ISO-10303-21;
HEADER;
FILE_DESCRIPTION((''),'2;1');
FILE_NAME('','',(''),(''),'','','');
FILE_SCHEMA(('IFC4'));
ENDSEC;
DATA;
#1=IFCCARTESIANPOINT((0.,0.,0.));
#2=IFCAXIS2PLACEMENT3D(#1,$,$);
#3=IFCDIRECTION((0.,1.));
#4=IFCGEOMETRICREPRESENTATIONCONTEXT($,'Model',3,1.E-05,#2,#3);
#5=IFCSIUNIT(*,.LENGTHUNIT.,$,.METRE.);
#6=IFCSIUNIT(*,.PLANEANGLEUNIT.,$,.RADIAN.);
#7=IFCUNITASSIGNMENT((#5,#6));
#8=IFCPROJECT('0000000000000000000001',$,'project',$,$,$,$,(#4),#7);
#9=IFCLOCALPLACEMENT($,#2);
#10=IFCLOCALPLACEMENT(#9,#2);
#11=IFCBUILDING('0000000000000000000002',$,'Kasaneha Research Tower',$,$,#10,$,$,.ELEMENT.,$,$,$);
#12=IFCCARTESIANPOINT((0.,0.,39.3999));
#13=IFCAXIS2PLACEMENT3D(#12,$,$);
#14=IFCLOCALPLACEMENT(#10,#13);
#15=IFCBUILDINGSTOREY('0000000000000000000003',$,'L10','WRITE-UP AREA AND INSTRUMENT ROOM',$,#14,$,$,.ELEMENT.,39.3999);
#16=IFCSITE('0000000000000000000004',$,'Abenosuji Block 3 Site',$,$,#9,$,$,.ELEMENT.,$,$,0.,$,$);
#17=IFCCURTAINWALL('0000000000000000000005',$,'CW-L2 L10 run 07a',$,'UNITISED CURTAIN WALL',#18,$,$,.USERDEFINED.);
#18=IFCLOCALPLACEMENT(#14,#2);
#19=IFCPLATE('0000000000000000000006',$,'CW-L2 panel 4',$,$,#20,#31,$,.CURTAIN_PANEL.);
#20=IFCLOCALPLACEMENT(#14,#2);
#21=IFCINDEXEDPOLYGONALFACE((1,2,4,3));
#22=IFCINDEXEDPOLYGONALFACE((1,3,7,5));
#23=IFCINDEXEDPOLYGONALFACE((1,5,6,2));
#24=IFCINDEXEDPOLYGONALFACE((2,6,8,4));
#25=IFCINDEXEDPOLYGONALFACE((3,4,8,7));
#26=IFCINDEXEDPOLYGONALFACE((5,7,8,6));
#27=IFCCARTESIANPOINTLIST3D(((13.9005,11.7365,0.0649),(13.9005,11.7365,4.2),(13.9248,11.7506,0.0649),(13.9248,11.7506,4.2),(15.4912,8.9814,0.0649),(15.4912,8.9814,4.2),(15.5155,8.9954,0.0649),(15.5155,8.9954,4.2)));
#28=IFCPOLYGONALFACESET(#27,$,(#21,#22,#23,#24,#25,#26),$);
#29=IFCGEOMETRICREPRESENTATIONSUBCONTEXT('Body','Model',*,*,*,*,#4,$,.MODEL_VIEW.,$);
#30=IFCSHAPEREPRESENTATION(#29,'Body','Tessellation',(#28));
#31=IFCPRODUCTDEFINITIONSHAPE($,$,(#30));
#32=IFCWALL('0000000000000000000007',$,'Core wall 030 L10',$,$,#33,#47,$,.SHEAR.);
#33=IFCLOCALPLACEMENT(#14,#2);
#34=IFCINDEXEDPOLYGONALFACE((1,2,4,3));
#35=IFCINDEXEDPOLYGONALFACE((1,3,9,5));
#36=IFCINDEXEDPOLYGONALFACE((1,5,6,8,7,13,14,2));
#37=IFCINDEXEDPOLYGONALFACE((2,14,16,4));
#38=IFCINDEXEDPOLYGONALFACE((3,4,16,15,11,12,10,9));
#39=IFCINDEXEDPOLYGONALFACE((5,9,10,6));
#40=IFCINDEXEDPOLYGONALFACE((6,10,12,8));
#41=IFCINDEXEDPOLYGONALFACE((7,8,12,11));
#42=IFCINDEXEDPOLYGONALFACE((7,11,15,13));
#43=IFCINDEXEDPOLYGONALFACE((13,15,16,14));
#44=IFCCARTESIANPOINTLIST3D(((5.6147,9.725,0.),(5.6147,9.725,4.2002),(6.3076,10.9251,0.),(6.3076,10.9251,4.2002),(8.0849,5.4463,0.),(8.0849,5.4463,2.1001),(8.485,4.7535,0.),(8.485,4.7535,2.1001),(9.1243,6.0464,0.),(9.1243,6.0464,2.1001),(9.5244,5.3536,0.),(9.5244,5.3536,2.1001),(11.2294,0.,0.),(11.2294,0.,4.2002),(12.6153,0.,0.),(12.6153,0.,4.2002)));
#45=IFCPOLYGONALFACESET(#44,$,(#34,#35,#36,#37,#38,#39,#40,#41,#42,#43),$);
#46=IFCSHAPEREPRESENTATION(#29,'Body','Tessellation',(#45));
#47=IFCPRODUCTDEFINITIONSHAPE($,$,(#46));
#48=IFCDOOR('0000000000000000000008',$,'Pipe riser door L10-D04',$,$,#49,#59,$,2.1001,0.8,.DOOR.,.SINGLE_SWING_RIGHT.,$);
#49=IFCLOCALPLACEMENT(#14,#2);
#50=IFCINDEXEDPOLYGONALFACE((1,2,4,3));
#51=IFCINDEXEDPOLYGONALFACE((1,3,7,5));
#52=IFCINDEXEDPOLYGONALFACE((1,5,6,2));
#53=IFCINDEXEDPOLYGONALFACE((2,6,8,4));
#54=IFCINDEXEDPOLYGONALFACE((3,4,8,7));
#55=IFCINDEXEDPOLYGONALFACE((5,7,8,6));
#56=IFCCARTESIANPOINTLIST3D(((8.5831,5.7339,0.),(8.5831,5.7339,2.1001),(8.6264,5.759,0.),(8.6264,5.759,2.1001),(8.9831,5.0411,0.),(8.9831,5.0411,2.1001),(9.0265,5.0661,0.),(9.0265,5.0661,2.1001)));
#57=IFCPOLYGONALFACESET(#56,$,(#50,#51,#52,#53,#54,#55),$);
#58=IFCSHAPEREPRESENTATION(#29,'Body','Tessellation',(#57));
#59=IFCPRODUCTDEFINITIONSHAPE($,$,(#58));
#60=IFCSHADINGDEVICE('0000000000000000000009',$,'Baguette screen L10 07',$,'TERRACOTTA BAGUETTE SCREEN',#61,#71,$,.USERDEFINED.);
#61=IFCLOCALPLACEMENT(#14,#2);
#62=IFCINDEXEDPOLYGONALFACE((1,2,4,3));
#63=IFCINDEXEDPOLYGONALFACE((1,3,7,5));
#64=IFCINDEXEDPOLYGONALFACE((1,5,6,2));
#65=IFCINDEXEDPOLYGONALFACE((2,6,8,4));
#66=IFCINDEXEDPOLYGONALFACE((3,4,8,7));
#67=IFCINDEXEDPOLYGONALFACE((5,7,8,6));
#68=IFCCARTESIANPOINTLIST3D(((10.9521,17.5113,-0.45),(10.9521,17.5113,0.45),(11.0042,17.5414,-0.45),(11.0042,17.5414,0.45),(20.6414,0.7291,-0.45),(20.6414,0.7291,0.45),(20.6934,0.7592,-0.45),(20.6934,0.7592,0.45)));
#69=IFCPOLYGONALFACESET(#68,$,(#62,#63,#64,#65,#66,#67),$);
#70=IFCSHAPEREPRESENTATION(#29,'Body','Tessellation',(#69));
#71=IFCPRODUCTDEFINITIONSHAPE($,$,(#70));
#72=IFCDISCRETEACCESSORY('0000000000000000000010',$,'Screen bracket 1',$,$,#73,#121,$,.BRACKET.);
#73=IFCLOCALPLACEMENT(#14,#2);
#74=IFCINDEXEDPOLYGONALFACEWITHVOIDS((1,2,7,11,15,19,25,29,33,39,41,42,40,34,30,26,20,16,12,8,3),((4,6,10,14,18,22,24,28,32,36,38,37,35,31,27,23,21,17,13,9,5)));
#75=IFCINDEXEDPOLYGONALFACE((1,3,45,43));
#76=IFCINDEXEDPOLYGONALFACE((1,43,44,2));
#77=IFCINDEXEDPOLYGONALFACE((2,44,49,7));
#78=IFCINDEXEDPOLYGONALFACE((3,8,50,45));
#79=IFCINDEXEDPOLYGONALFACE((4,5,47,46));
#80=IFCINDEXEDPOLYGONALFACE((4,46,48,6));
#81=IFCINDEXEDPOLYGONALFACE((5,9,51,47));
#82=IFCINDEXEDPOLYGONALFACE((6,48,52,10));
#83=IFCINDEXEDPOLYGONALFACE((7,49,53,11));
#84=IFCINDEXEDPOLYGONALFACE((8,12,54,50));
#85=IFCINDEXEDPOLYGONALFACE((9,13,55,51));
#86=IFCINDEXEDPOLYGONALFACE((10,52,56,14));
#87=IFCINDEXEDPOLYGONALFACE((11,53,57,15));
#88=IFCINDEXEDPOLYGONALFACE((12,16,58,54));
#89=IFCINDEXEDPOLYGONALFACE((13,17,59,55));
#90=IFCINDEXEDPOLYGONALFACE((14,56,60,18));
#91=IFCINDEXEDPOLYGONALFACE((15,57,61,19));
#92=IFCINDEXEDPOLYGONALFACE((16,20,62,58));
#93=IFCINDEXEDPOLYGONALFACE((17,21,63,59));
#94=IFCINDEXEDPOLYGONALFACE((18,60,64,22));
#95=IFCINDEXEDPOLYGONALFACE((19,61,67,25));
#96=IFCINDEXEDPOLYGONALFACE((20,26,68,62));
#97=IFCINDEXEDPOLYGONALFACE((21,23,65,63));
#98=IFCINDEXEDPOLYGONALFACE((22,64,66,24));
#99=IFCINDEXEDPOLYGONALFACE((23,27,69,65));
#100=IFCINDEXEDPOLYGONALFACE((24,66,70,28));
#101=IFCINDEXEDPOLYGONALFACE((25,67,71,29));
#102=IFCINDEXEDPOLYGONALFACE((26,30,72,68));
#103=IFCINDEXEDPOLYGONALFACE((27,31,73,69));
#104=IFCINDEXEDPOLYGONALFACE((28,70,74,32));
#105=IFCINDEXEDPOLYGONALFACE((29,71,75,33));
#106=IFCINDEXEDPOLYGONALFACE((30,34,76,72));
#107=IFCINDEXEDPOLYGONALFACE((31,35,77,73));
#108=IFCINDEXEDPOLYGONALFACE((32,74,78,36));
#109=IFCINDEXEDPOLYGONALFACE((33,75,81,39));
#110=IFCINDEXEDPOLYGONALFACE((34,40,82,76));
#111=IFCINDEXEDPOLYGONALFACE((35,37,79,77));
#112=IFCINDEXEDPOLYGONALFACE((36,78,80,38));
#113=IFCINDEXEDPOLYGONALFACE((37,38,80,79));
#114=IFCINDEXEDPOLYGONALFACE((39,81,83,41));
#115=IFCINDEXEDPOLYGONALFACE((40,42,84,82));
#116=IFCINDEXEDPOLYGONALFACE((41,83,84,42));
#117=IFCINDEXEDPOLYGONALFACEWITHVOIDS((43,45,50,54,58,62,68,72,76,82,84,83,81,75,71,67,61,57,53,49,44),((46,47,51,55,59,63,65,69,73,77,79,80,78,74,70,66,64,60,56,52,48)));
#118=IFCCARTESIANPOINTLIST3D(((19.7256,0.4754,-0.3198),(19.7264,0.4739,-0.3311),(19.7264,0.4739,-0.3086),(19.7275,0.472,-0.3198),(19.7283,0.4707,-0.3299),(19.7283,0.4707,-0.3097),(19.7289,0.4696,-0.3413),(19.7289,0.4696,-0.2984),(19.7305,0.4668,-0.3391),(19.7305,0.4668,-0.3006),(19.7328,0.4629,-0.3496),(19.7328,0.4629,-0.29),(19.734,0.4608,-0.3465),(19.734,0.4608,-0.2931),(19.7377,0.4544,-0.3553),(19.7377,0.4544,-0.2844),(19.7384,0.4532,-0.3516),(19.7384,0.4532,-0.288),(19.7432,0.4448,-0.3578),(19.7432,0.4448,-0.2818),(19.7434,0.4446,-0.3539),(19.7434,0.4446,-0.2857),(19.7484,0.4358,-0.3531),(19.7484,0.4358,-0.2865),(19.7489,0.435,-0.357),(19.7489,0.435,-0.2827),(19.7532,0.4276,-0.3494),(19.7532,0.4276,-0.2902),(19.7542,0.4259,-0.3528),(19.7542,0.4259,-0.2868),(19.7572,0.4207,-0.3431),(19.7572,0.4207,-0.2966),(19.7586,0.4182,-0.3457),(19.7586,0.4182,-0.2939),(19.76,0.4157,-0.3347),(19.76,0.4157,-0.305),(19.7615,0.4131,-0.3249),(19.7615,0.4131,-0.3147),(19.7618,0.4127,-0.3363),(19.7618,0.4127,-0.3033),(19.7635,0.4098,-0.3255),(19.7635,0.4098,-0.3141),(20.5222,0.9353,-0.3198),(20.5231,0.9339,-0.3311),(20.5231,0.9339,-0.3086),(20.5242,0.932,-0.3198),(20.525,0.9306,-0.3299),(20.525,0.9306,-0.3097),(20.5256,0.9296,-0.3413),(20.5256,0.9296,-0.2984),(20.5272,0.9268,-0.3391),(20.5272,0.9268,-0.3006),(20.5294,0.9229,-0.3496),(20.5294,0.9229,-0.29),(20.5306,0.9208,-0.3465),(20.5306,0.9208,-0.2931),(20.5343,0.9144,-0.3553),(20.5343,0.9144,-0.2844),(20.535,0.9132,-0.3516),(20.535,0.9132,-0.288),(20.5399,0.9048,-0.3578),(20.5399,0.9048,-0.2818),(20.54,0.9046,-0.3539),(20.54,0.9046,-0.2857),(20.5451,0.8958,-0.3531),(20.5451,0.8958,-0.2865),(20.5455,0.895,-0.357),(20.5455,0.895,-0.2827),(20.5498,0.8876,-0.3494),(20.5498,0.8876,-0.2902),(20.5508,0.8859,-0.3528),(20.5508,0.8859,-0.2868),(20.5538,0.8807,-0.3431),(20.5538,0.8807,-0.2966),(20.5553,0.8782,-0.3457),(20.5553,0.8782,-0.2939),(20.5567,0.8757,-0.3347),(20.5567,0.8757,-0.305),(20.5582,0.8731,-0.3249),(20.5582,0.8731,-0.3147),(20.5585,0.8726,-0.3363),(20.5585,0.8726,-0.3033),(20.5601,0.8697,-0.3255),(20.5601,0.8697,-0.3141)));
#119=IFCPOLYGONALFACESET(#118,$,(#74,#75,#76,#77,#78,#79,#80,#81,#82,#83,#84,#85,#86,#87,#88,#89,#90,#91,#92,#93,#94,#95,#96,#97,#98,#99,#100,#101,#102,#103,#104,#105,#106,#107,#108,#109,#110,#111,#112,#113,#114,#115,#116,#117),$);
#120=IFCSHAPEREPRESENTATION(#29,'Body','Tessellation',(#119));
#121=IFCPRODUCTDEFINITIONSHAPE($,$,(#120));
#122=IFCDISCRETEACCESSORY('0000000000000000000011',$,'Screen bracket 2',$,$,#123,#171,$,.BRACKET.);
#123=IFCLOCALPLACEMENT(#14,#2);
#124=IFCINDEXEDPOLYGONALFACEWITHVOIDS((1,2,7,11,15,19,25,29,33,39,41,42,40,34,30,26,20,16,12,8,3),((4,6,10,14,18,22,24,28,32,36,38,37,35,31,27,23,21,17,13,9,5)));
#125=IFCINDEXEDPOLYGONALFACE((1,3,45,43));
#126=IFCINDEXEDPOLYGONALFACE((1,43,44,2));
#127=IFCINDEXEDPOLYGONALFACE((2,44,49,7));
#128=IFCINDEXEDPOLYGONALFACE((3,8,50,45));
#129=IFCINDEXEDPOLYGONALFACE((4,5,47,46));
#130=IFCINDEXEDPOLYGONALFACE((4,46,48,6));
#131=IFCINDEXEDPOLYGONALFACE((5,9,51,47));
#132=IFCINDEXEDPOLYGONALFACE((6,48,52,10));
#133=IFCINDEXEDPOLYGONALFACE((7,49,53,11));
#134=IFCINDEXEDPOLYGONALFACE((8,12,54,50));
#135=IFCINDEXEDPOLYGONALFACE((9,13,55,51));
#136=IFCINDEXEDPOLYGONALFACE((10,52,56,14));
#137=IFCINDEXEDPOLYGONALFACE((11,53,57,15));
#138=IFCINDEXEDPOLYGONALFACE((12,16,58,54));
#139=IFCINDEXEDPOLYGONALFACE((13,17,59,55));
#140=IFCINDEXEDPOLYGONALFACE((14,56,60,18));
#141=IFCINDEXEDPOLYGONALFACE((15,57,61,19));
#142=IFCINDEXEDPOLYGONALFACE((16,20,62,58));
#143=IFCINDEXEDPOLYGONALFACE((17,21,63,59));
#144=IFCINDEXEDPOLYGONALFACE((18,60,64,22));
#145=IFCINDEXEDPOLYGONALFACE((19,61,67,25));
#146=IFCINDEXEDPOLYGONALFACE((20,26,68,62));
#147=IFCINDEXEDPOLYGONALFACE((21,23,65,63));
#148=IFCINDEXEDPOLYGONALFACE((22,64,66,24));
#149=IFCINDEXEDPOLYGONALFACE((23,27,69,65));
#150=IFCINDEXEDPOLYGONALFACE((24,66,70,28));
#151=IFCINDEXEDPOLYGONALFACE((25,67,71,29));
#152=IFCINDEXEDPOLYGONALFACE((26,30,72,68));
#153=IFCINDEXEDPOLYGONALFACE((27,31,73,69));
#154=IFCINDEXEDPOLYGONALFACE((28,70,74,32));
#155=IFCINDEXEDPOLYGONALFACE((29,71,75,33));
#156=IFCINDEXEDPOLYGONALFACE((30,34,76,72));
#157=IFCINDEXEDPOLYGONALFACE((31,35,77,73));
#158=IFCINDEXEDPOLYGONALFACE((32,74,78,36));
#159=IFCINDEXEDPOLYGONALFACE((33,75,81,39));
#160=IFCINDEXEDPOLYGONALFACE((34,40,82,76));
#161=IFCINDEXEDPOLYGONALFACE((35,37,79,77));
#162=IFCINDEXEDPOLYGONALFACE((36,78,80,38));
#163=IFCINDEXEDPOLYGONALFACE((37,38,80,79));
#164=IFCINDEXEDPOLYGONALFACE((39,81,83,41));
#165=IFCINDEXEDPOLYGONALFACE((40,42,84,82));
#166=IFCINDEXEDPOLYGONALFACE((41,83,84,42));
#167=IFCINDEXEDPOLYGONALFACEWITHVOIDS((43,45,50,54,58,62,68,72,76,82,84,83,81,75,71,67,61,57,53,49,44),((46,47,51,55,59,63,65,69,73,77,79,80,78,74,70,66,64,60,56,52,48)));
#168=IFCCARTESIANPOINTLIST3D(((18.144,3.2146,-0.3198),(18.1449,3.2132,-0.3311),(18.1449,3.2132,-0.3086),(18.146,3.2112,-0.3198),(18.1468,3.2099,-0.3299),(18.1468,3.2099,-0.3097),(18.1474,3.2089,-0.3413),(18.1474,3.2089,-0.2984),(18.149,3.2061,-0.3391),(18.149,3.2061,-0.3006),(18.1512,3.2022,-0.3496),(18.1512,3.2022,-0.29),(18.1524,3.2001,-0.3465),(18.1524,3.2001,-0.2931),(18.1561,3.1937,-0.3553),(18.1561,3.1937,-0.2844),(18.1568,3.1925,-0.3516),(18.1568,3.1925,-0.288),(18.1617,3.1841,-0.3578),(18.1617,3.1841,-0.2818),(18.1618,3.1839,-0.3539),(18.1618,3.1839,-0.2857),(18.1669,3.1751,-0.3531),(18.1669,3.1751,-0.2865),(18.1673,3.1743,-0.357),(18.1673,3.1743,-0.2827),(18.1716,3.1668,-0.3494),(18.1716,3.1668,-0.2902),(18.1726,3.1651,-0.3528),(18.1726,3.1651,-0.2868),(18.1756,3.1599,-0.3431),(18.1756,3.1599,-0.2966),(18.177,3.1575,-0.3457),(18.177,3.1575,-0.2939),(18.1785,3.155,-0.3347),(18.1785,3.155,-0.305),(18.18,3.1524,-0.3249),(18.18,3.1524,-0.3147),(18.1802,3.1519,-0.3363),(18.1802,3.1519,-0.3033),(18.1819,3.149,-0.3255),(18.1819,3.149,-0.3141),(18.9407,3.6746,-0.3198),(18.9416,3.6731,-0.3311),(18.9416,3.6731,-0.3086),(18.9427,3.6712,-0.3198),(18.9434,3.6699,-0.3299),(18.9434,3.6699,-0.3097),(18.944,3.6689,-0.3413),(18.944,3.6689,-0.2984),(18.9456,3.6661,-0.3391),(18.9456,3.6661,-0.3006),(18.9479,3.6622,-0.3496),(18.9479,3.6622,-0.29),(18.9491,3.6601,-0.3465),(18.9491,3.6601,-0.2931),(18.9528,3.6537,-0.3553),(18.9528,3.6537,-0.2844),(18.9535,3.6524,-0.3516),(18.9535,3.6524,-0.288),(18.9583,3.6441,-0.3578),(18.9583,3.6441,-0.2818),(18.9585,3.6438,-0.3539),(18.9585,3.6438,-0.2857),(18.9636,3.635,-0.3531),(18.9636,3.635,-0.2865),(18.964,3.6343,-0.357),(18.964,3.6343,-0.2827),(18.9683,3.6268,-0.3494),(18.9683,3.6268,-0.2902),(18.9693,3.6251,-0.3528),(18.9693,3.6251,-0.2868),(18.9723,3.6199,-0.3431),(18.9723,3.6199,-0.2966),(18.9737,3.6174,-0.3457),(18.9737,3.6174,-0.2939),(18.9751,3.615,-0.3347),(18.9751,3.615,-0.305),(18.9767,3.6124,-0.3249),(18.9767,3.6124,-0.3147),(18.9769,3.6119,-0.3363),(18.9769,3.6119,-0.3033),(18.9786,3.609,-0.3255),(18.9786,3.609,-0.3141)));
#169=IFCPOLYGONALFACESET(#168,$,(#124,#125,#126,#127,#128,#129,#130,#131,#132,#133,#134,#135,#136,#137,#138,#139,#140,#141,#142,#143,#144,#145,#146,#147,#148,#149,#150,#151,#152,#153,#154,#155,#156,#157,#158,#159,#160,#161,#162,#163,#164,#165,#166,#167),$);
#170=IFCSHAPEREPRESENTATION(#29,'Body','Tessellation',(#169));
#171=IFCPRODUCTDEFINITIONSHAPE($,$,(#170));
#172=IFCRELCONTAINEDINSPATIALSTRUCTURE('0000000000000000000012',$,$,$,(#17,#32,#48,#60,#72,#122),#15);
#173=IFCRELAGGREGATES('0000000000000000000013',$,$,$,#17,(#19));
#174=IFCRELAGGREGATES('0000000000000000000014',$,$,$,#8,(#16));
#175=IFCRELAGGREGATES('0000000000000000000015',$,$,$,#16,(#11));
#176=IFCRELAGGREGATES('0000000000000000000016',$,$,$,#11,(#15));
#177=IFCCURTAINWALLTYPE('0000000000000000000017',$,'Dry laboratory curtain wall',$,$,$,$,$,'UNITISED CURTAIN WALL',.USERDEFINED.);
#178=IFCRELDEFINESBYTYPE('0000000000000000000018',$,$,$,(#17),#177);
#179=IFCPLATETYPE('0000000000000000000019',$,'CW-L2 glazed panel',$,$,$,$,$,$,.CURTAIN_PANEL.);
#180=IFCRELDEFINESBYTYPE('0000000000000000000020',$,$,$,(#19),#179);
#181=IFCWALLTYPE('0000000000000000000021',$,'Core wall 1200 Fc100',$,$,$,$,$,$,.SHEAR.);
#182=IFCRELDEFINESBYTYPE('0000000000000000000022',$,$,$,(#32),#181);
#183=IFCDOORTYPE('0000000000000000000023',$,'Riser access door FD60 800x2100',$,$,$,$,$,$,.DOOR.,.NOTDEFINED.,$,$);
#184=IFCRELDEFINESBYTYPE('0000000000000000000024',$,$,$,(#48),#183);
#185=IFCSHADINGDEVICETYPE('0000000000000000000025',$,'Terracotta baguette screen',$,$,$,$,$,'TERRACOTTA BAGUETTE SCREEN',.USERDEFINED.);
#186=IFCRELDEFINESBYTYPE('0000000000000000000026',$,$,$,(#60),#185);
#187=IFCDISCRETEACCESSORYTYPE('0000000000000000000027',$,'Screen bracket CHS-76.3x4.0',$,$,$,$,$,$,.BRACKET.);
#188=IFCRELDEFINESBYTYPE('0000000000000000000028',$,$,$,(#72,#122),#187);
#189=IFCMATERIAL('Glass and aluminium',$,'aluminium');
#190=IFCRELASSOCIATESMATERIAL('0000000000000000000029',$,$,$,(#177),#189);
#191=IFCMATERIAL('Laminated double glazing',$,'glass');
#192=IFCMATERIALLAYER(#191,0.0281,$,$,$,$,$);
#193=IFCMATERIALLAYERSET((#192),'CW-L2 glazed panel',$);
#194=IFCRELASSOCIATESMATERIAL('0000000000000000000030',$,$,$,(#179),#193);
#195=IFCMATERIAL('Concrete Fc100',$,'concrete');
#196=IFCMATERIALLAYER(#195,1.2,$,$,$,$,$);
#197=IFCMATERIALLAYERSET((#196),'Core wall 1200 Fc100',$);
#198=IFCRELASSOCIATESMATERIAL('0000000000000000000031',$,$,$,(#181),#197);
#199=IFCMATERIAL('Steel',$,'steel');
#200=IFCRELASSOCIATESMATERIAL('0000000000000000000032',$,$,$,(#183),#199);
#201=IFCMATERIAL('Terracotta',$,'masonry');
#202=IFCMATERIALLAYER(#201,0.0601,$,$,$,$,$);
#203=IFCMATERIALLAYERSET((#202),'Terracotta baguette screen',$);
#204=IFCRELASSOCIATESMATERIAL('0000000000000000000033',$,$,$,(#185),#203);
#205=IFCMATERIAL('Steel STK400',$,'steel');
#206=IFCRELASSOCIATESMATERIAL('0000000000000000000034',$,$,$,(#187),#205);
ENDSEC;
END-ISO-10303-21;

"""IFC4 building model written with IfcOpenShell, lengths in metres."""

from ifc_helpers import new_model, si_unit, direction, frame, frame_2d, origin, origin_2d, place, context, subcontext, project, spatial, polyline, rectangle, hollow_circle, outline, extrude, material, layer, layer_set, material_profile, profile_set, type_object, element, fill, aggregate, save


model = new_model("IFC4")

# Units and contexts
model_context = context("Model", 3, precision=1e-05, world=origin(), true_north=direction((0.0, 1.0)))
body_context = subcontext(model_context, "Body", "Model", "MODEL_VIEW")
ifc_project = project(units=[si_unit("LENGTHUNIT", "METRE"), si_unit("PLANEANGLEUNIT", "RADIAN")], contexts=[model_context])

# Site, building, storey
site_placement = place(None, origin())
site = spatial("IfcSite", under=ifc_project, at=site_placement, Name="Abenosuji Block 3 Site", CompositionType="ELEMENT", RefElevation=0.0)
building_placement = place(site_placement, origin())
building = spatial("IfcBuilding", under=site, at=building_placement, Name="Kasaneha Research Tower", CompositionType="ELEMENT")
storey_placement = place(building_placement, frame((0.0, 0.0, 39.3999)))
storey = spatial("IfcBuildingStorey", under=building, at=storey_placement, Name="L10", Description="WRITE-UP AREA AND INSTRUMENT ROOM", CompositionType="ELEMENT", Elevation=39.3999)

# Shared definitions
ifc_material_1 = material(Name="Glass and aluminium", Category="aluminium")
curtain_wall_type = type_object("IfcCurtainWallType", Name="Dry laboratory curtain wall", ElementType="UNITISED CURTAIN WALL", PredefinedType="USERDEFINED", material=ifc_material_1)

# Curtain wall
curtain_wall_1_placement = place(storey_placement, origin())
curtain_wall_1 = element("IfcCurtainWall", 1, at=curtain_wall_1_placement, inside=storey, type_object=curtain_wall_type, Name="CW-L2 L10 run 07a", ObjectType="UNITISED CURTAIN WALL", PredefinedType="USERDEFINED")

# Plate
ifc_material_2 = material(Name="Laminated double glazing", Category="glass")
ifc_layer_1 = layer(ifc_material_2, 0.0281)
ifc_layer_set_1 = layer_set([ifc_layer_1], Name="CW-L2 glazed panel")
plate_type = type_object("IfcPlateType", Name="CW-L2 glazed panel", PredefinedType="CURTAIN_PANEL", material=ifc_layer_set_1)
plate_1_placement = place(storey_placement, frame((14.708, 10.366, 0.0649), z_axis=(0.0, 0.0, 1.0), x_axis=(-0.5, 0.866025, 0.0)))
plate_1 = element("IfcPlate", 2, at=plate_1_placement, type_object=plate_type, Name="CW-L2 panel 4", PredefinedType="CURTAIN_PANEL", context=body_context, shape_type="SweptSolid", body=[
    extrude(rectangle(XDim=3.1814, YDim=0.0281, at=origin_2d()), origin(), (0.0, 0.0, 1.0), 4.135),
])
aggregate(curtain_wall_1, [plate_1])

# Wall, opening, door
ifc_material_3 = material(Name="Concrete Fc100", Category="concrete")
ifc_layer_2 = layer(ifc_material_3, 1.2)
ifc_layer_set_2 = layer_set([ifc_layer_2], Name="Core wall 1200 Fc100")
wall_type_1 = type_object("IfcWallType", Name="Core wall 1200 Fc100", PredefinedType="SHEAR", material=ifc_layer_set_2)
wall_1_placement = place(storey_placement, frame((11.9224, 0.0, 0.0), z_axis=(0.0, 0.0, 1.0), x_axis=(-0.500004, 0.866023, 0.0)))
wall_1 = element("IfcWall", 3, at=wall_1_placement, inside=storey, type_object=wall_type_1, Name="Core wall 030 L10", PredefinedType="SHEAR", context=body_context, shape_type="SweptSolid", body=[
    extrude(outline(polyline([(-0.3464, -0.6001), (5.8354, -0.6001), (6.6355, -0.6001), (12.2688, -0.6001), (11.5759, 0.6001), (6.6355, 0.6001), (5.8354, 0.6001), (0.3464, 0.6001), (-0.3464, -0.6001)])), origin(), (0.0, 0.0, 1.0), 4.2002),
])
opening_1_placement = place(wall_1_placement, frame((5.8354, 0.0, 0.0)))
opening_1 = element("IfcOpeningElement", 4, at=opening_1_placement, cuts=wall_1, PredefinedType="OPENING", context=body_context, shape_type="SweptSolid", body=[
    extrude(rectangle(XDim=0.8, YDim=2.1001, at=frame_2d((0.3999, 1.05))), frame((0.0, 0.6099, 0.0), z_axis=(0.0, -1.0, 0.0), x_axis=(1.0, 0.0, 0.0)), (0.0, 0.0, 1.0), 1.22),
])
ifc_material_4 = material(Name="Steel", Category="steel")
door_type_1 = type_object("IfcDoorType", Name="Riser access door FD60 800x2100", OperationType="NOTDEFINED", PredefinedType="DOOR", material=ifc_material_4)
door_1_placement = place(opening_1_placement, origin())
door_1 = element("IfcDoor", 5, at=door_1_placement, inside=storey, type_object=door_type_1, Name="Pipe riser door L10-D04", OperationType="SINGLE_SWING_RIGHT", OverallHeight=2.1001, OverallWidth=0.8, PredefinedType="DOOR", context=body_context, shape_type="SweptSolid", body=[
    extrude(rectangle(XDim=0.8, YDim=2.1001, at=frame_2d((0.3999, 1.05))), frame((0.0, 0.0249, 0.0), z_axis=(0.0, -1.0, 0.0), x_axis=(1.0, 0.0, 0.0)), (0.0, 0.0, 1.0), 0.05),
])
fill(opening_1, door_1)

# Shading device
ifc_material_5 = material(Name="Terracotta", Category="masonry")
ifc_layer_3 = layer(ifc_material_5, 0.0601)
ifc_layer_set_3 = layer_set([ifc_layer_3], Name="Terracotta baguette screen")
shading_device_type = type_object("IfcShadingDeviceType", Name="Terracotta baguette screen", ElementType="TERRACOTTA BAGUETTE SCREEN", PredefinedType="USERDEFINED", material=ifc_layer_set_3)
shading_device_placement = place(storey_placement, frame((15.8228, 9.1353, -0.45), z_axis=(0.0, 0.0, 1.0), x_axis=(-0.5, 0.866025, 0.0)))
element("IfcShadingDevice", 6, at=shading_device_placement, inside=storey, type_object=shading_device_type, Name="Baguette screen L10 07", ObjectType="TERRACOTTA BAGUETTE SCREEN", PredefinedType="USERDEFINED", context=body_context, shape_type="SweptSolid", body=[
    extrude(rectangle(XDim=19.3784, YDim=0.0601, at=origin_2d()), origin(), (0.0, 0.0, 1.0), 0.8999),
])

# Discrete accessories
ifc_material_6 = material(Name="Steel STK400", Category="steel")
ifc_material_profile_1 = material_profile(ifc_material_6, hollow_circle(Radius=0.0381, WallThickness=0.0039, at=origin_2d()), Name="CHS-76.3x4.0")
ifc_profile_set_1 = profile_set([ifc_material_profile_1], Name="Steel STK400")
discrete_accessory_type = type_object("IfcDiscreteAccessoryType", Name="Screen bracket CHS-76.3x4.0", PredefinedType="BRACKET", material=ifc_profile_set_1)
for number, where, z_axis, x_axis, name in (
    (7, (19.7446, 0.4424, -0.3198), (0.866013, 0.500021, 0.0), (-0.500021, 0.866013, 0.0), "Screen bracket 1"),
    (8, (18.1631, 3.1816, -0.3198), (0.866013, 0.500021, 0.0), (-0.500021, 0.866013, 0.0), "Screen bracket 2"),
):
    element("IfcDiscreteAccessory", number, at=place(storey_placement, frame(where, z_axis=z_axis, x_axis=x_axis)), inside=storey, type_object=discrete_accessory_type, Name=name, PredefinedType="BRACKET", context=body_context, shape_type="SweptSolid", body=[
        extrude(hollow_circle(Radius=0.0381, WallThickness=0.0039, at=origin_2d()), origin(), (0.0, 0.0, 1.0), 0.9199),
    ])

save(model, "model.ifc")
